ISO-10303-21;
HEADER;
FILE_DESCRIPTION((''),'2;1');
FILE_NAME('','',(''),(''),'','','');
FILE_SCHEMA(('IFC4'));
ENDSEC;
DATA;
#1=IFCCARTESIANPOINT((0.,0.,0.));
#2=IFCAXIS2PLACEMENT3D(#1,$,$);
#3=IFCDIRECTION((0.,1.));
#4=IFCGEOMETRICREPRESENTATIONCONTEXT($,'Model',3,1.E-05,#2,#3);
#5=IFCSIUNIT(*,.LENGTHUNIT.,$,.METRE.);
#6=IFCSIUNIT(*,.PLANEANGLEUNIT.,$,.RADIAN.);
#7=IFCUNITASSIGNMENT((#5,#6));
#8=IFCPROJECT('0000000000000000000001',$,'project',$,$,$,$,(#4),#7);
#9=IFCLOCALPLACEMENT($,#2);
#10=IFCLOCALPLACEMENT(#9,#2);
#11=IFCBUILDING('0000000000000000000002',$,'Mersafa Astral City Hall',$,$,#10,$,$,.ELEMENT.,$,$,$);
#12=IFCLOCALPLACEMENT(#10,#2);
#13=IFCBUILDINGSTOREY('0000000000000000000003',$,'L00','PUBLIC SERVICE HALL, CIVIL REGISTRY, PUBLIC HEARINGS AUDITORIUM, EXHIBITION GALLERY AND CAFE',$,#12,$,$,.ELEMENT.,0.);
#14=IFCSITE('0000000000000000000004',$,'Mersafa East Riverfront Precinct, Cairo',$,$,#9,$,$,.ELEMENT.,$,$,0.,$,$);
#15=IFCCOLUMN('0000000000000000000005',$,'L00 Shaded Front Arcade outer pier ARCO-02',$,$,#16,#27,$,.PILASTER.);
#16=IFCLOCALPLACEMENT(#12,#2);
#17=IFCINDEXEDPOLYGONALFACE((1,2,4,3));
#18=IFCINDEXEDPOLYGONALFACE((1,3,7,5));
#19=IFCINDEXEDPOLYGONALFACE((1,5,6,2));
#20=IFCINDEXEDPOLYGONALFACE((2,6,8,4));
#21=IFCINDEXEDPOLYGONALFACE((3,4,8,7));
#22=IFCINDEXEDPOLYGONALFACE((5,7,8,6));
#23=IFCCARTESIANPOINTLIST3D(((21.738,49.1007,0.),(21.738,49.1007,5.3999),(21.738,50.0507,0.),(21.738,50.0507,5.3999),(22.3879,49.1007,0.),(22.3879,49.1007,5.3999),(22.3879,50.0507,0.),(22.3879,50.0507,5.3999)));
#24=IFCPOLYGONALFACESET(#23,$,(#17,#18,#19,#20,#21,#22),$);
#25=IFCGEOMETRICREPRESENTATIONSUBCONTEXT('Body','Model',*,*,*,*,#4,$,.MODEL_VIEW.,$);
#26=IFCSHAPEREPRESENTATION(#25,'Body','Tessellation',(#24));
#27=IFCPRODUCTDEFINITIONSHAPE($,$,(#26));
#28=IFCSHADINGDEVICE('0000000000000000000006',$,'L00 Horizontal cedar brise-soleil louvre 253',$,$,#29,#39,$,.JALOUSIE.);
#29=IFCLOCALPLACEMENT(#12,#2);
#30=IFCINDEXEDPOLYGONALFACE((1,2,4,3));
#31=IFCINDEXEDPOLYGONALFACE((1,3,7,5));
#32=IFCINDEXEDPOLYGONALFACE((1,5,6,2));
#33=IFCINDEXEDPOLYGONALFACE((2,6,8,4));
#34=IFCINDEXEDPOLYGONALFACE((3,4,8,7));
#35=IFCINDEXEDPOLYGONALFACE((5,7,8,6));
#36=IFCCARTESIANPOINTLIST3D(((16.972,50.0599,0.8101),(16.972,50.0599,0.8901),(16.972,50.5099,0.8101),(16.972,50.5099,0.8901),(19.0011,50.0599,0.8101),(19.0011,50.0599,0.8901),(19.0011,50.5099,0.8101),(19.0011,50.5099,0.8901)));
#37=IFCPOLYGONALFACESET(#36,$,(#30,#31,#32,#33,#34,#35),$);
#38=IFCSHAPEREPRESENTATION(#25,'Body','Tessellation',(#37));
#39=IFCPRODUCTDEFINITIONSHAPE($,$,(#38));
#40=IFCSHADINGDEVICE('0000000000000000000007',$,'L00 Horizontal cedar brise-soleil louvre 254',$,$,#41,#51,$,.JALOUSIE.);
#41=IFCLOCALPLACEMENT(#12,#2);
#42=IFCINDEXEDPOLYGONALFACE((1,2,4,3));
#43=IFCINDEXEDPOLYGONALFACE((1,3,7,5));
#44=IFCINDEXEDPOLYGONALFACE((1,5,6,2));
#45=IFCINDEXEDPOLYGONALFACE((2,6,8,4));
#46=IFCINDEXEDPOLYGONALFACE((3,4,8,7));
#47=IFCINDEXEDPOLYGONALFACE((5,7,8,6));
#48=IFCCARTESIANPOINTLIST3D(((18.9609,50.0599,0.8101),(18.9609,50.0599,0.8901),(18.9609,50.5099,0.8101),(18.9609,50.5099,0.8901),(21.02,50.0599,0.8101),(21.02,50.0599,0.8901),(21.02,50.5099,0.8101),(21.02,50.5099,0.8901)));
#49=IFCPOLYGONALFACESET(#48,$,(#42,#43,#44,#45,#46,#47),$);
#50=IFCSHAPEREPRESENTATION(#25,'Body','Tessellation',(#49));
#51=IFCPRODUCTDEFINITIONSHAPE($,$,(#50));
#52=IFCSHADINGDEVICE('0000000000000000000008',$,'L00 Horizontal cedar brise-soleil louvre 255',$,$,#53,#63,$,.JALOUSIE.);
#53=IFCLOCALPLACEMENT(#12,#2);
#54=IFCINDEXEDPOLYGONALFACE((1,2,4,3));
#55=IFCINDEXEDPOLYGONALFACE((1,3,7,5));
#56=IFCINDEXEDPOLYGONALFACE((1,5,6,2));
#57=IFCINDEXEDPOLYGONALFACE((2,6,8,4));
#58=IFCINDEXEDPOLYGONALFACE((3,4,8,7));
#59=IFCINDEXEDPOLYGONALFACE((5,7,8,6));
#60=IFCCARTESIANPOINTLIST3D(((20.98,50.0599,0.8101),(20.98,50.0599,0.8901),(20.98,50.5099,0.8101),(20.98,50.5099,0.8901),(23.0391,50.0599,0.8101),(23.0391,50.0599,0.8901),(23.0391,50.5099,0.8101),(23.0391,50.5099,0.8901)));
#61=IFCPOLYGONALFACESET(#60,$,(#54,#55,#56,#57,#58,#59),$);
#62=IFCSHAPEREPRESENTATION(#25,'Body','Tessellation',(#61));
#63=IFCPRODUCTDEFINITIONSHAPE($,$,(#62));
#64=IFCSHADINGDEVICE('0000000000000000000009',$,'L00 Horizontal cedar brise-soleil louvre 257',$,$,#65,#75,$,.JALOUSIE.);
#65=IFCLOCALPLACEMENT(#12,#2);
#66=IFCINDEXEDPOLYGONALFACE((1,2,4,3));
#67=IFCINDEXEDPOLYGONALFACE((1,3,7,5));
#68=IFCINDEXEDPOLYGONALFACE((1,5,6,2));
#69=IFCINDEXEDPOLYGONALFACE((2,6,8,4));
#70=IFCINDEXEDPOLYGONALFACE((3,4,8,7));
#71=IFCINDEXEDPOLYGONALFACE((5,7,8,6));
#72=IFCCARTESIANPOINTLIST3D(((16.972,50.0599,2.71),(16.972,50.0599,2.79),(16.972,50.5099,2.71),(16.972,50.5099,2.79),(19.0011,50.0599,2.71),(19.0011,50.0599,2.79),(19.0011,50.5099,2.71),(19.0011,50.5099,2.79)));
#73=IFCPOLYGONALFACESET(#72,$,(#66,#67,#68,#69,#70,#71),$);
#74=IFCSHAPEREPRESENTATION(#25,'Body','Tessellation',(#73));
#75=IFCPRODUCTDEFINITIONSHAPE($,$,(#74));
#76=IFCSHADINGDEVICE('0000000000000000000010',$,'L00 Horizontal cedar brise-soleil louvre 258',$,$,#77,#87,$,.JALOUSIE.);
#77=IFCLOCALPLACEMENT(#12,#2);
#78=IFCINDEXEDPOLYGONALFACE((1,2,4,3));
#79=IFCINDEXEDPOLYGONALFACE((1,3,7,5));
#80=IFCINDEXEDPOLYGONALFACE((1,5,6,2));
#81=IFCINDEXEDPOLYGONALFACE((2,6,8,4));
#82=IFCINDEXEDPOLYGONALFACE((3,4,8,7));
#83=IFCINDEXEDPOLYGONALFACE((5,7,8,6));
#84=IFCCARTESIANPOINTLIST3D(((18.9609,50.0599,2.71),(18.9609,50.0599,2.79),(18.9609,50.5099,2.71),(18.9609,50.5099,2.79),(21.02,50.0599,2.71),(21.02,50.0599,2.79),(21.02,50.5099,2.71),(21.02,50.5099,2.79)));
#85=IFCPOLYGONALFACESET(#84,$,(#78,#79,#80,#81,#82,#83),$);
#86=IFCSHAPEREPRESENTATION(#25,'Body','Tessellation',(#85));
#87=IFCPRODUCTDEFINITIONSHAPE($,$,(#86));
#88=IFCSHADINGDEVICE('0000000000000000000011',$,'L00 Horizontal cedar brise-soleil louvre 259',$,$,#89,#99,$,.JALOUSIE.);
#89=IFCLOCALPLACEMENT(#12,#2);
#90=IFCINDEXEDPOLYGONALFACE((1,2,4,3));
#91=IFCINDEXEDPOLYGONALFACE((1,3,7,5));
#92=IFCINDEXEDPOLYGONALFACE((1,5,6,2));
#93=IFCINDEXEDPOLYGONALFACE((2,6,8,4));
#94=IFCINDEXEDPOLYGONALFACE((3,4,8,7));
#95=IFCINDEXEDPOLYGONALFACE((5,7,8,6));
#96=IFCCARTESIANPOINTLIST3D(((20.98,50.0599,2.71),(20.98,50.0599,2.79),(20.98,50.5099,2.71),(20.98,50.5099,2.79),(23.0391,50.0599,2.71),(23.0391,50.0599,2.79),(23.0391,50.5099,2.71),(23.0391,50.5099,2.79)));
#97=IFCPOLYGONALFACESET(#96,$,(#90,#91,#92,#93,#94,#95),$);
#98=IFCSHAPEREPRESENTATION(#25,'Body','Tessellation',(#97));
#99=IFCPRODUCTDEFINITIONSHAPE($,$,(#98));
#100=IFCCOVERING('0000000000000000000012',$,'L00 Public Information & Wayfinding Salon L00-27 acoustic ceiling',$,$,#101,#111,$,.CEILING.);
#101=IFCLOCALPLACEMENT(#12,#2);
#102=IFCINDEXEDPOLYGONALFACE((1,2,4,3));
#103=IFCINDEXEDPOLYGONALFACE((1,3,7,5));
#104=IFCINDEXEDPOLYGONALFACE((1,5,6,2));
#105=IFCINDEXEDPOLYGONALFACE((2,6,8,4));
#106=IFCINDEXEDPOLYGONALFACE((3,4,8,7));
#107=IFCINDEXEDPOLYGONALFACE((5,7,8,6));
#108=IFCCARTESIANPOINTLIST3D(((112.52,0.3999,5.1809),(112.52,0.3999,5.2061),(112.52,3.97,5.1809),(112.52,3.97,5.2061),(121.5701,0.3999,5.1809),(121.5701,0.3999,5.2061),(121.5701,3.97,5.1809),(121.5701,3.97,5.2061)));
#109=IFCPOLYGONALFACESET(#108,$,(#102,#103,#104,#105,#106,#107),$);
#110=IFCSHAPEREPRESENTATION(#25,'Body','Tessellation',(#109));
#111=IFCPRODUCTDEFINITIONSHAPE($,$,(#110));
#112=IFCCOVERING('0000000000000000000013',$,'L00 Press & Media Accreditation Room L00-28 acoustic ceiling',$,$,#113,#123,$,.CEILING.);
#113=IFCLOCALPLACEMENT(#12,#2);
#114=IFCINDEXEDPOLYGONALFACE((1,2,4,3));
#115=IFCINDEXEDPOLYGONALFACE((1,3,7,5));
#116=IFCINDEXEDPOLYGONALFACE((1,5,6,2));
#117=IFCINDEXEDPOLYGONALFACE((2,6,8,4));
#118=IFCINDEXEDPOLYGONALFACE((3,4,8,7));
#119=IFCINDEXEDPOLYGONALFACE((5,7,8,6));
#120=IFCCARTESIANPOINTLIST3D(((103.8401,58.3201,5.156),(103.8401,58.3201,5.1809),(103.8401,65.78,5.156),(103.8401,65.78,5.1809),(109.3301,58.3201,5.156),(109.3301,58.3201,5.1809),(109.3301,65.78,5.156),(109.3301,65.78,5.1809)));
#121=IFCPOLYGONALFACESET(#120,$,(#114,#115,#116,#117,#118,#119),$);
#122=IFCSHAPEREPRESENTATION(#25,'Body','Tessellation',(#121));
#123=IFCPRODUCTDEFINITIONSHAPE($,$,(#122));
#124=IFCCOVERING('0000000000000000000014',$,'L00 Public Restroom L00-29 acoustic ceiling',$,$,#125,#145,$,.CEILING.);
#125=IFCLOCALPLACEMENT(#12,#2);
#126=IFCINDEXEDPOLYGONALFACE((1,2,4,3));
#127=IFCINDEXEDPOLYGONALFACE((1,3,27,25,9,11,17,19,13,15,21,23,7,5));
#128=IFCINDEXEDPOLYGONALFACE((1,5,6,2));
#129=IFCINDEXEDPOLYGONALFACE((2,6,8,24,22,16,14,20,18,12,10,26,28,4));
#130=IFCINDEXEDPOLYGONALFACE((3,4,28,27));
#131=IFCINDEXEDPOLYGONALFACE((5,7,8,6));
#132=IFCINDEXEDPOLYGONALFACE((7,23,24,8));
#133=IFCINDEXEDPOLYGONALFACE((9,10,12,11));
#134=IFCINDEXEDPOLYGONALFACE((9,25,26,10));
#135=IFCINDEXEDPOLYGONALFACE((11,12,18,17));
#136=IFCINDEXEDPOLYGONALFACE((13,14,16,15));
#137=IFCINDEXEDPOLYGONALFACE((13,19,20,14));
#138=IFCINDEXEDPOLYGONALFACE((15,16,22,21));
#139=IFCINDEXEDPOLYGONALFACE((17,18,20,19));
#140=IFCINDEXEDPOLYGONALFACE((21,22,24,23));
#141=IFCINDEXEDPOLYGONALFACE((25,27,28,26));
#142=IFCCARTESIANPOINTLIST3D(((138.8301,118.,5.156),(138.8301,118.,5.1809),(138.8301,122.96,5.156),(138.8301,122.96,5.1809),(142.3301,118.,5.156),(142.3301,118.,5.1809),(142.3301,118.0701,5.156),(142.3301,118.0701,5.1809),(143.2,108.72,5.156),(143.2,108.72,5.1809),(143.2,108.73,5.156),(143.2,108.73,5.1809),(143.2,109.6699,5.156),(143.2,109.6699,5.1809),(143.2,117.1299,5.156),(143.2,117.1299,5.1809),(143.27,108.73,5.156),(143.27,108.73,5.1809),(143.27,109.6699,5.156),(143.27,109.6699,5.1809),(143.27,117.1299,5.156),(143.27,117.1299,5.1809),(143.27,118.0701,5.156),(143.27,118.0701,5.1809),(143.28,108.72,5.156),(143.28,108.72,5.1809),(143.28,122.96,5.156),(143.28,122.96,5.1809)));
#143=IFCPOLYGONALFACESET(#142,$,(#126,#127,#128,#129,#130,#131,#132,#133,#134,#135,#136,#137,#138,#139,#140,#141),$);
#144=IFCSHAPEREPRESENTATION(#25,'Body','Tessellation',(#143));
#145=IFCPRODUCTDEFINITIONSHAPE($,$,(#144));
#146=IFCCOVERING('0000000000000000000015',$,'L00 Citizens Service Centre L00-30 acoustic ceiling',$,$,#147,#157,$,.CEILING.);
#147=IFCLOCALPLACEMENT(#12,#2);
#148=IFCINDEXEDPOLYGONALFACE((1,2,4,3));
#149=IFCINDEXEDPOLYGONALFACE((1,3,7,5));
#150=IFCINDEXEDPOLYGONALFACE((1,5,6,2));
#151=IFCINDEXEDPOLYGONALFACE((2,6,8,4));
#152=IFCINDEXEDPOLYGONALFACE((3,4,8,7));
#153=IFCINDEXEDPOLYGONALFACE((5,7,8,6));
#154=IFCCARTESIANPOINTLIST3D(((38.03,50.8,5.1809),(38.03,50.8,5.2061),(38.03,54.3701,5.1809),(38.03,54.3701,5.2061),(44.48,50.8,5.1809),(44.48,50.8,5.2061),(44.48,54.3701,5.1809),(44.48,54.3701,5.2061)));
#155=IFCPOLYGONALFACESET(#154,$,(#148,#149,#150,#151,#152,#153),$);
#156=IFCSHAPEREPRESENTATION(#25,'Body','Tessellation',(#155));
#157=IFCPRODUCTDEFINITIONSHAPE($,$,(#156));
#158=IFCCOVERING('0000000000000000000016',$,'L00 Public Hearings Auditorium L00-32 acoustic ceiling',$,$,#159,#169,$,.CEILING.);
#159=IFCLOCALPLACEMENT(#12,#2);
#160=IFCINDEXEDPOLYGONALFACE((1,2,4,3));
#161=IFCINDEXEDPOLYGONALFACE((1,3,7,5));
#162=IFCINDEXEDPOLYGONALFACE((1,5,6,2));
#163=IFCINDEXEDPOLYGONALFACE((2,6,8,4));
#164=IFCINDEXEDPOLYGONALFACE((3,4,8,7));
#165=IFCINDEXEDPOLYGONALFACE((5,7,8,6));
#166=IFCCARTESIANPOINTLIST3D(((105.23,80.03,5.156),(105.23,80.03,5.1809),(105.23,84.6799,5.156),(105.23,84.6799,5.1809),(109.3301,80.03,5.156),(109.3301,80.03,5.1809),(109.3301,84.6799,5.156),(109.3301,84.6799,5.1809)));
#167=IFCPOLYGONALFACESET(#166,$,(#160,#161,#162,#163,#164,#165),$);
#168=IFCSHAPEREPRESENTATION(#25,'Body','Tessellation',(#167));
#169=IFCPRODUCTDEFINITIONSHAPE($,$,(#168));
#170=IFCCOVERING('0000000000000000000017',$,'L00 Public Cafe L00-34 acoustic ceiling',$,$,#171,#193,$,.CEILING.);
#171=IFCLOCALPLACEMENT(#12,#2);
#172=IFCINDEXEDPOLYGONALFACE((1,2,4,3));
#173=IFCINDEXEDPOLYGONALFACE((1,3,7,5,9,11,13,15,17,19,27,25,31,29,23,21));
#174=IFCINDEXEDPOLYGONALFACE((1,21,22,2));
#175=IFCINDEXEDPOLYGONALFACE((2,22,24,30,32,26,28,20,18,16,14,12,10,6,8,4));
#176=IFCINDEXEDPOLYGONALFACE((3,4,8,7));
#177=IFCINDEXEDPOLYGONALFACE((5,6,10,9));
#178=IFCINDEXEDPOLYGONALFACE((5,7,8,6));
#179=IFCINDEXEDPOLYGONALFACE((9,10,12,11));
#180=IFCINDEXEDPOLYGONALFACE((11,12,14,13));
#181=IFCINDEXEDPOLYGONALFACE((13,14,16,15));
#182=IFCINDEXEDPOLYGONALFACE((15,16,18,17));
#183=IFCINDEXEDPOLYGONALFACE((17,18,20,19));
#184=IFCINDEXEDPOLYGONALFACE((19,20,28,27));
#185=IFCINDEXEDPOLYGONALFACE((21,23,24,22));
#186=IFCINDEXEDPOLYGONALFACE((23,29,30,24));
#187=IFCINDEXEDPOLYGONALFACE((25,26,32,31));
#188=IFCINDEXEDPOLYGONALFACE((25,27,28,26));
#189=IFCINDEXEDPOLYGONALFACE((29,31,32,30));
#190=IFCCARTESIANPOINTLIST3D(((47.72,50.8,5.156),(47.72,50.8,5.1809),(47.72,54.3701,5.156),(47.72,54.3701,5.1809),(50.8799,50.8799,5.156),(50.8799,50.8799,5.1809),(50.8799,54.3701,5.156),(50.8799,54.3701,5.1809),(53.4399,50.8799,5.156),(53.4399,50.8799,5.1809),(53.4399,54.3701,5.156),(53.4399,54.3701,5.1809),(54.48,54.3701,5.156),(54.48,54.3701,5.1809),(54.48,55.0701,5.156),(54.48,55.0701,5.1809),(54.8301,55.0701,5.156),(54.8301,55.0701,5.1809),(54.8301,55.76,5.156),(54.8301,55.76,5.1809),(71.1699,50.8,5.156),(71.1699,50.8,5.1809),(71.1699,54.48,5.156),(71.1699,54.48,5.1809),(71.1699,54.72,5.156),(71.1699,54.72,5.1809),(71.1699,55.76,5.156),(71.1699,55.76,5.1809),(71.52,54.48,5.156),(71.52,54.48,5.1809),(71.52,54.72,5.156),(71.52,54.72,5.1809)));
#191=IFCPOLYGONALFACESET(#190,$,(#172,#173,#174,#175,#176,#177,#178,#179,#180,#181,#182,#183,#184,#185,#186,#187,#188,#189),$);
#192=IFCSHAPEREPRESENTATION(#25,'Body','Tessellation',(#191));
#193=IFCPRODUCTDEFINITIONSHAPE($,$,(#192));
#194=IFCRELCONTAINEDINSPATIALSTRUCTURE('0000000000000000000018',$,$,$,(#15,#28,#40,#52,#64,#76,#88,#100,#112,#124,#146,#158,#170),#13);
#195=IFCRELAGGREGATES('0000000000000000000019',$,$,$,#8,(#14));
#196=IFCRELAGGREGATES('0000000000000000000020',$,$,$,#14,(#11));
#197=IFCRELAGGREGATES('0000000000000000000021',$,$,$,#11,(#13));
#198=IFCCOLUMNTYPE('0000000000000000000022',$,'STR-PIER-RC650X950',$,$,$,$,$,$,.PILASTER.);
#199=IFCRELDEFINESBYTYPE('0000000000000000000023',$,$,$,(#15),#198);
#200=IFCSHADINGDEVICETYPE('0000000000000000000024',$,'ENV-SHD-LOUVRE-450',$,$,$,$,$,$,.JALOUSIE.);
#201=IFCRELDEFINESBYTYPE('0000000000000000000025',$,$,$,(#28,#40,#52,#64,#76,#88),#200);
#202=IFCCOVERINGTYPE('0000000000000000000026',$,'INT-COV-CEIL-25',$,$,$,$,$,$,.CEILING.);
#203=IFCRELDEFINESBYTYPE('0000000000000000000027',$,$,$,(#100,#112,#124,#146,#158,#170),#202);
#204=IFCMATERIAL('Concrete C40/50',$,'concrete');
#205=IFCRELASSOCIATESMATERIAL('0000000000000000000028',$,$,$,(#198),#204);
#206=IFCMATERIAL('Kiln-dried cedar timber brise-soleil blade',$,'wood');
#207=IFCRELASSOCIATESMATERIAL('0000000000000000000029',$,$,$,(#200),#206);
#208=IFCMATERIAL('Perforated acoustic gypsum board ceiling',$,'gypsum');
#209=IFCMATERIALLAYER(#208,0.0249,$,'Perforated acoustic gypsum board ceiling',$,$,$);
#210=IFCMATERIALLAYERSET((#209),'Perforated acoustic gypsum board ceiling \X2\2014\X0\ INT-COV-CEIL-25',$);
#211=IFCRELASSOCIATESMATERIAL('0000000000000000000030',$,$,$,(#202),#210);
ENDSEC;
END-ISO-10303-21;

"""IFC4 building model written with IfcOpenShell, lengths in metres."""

from ifc_helpers import new_model, si_unit, direction, frame, origin, origin_2d, place, context, subcontext, project, spatial, polyline, rectangle, outline, extrude, material, layer, layer_set, material_profile, profile_set, type_object, element, save


model = new_model("IFC4")

# Units and contexts
model_context = context("Model", 3, precision=1e-05, world=origin(), true_north=direction((0.0, 1.0)))
body_context = subcontext(model_context, "Body", "Model", "MODEL_VIEW")
ifc_project = project(units=[si_unit("LENGTHUNIT", "METRE"), si_unit("PLANEANGLEUNIT", "RADIAN")], contexts=[model_context])

# Site, building, storey
site_placement = place(None, origin())
site = spatial("IfcSite", under=ifc_project, at=site_placement, Name="Mersafa East Riverfront Precinct, Cairo", CompositionType="ELEMENT", RefElevation=0.0)
building_placement = place(site_placement, origin())
building = spatial("IfcBuilding", under=site, at=building_placement, Name="Mersafa Astral City Hall", CompositionType="ELEMENT")
storey_placement = place(building_placement, origin())
storey = spatial("IfcBuildingStorey", under=building, at=storey_placement, Name="L00", Description="PUBLIC SERVICE HALL, CIVIL REGISTRY, PUBLIC HEARINGS AUDITORIUM, EXHIBITION GALLERY AND CAFE", CompositionType="ELEMENT", Elevation=0.0)

# Column
ifc_material_1 = material(Name="Concrete C40/50", Category="concrete")
ifc_material_profile = material_profile(ifc_material_1, rectangle(XDim=0.6499, YDim=0.95, at=origin_2d()), Name="RC 650x950")
ifc_profile_set = profile_set([ifc_material_profile], Name="Concrete C40/50")
column_type = type_object("IfcColumnType", Name="STR-PIER-RC650X950", PredefinedType="PILASTER", material=ifc_profile_set)
column_placement = place(storey_placement, frame((22.063, 49.5757, 0.0), z_axis=(0.0, 0.0, 1.0), x_axis=(1.0, 0.0, 0.0)))
element("IfcColumn", 1, at=column_placement, inside=storey, type_object=column_type, Name="L00 Shaded Front Arcade outer pier ARCO-02", PredefinedType="PILASTER", context=body_context, shape_type="SweptSolid", body=[
    extrude(rectangle(XDim=0.6499, YDim=0.95, at=origin_2d()), origin(), (0.0, 0.0, 1.0), 5.3999),
])

# Shading devices
ifc_material_2 = material(Name="Kiln-dried cedar timber brise-soleil blade", Category="wood")
shading_device_type = type_object("IfcShadingDeviceType", Name="ENV-SHD-LOUVRE-450", PredefinedType="JALOUSIE", material=ifc_material_2)
shading_device_1_placement = place(storey_placement, frame((17.9866, 50.2849, 0.8101), z_axis=(0.0, 0.0, 1.0), x_axis=(1.0, 0.0, 0.0)))
element("IfcShadingDevice", 2, at=shading_device_1_placement, inside=storey, type_object=shading_device_type, Name="L00 Horizontal cedar brise-soleil louvre 253", PredefinedType="JALOUSIE", context=body_context, shape_type="SweptSolid", body=[
    extrude(rectangle(XDim=2.0291, YDim=0.45, at=origin_2d()), origin(), (0.0, 0.0, 1.0), 0.0801),
])
for number, where, z_axis, x_axis, name in (
    (3, (19.9905, 50.2849, 0.8101), (0.0, 0.0, 1.0), (1.0, 0.0, 0.0), "L00 Horizontal cedar brise-soleil louvre 254"),
    (4, (22.0095, 50.2849, 0.8101), (0.0, 0.0, 1.0), (1.0, 0.0, 0.0), "L00 Horizontal cedar brise-soleil louvre 255"),
):
    element("IfcShadingDevice", number, at=place(storey_placement, frame(where, z_axis=z_axis, x_axis=x_axis)), inside=storey, type_object=shading_device_type, Name=name, PredefinedType="JALOUSIE", context=body_context, shape_type="SweptSolid", body=[
        extrude(rectangle(XDim=2.0591, YDim=0.45, at=origin_2d()), origin(), (0.0, 0.0, 1.0), 0.0801),
    ])
shading_device_2_placement = place(storey_placement, frame((17.9866, 50.2849, 2.71), z_axis=(0.0, 0.0, 1.0), x_axis=(1.0, 0.0, 0.0)))
element("IfcShadingDevice", 5, at=shading_device_2_placement, inside=storey, type_object=shading_device_type, Name="L00 Horizontal cedar brise-soleil louvre 257", PredefinedType="JALOUSIE", context=body_context, shape_type="SweptSolid", body=[
    extrude(rectangle(XDim=2.0291, YDim=0.45, at=origin_2d()), origin(), (0.0, 0.0, 1.0), 0.0801),
])
for number, where, z_axis, x_axis, name in (
    (6, (19.9905, 50.2849, 2.71), (0.0, 0.0, 1.0), (1.0, 0.0, 0.0), "L00 Horizontal cedar brise-soleil louvre 258"),
    (7, (22.0095, 50.2849, 2.71), (0.0, 0.0, 1.0), (1.0, 0.0, 0.0), "L00 Horizontal cedar brise-soleil louvre 259"),
):
    element("IfcShadingDevice", number, at=place(storey_placement, frame(where, z_axis=z_axis, x_axis=x_axis)), inside=storey, type_object=shading_device_type, Name=name, PredefinedType="JALOUSIE", context=body_context, shape_type="SweptSolid", body=[
        extrude(rectangle(XDim=2.0591, YDim=0.45, at=origin_2d()), origin(), (0.0, 0.0, 1.0), 0.0801),
    ])

# Coverings
ifc_material_3 = material(Name="Perforated acoustic gypsum board ceiling", Category="gypsum")
ifc_layer_1 = layer(ifc_material_3, 0.0249, Name="Perforated acoustic gypsum board ceiling")
ifc_layer_set_1 = layer_set([ifc_layer_1], Name="Perforated acoustic gypsum board ceiling — INT-COV-CEIL-25")
covering_type_1 = type_object("IfcCoveringType", Name="INT-COV-CEIL-25", PredefinedType="CEILING", material=ifc_layer_set_1)
covering_1_placement = place(storey_placement, frame((0.0, 0.0, 5.1809)))
element("IfcCovering", 8, at=covering_1_placement, inside=storey, type_object=covering_type_1, Name="L00 Public Information & Wayfinding Salon L00-27 acoustic ceiling", PredefinedType="CEILING", context=body_context, shape_type="SweptSolid", body=[
    extrude(outline(polyline([(121.5701, 3.97), (121.5701, 0.3999), (112.52, 0.3999), (112.52, 3.97), (121.5701, 3.97)])), origin(), (0.0, 0.0, 1.0), 0.0251),
])
covering_2_placement = place(storey_placement, frame((0.0, 0.0, 5.156)))
element("IfcCovering", 9, at=covering_2_placement, inside=storey, type_object=covering_type_1, Name="L00 Press & Media Accreditation Room L00-28 acoustic ceiling", PredefinedType="CEILING", context=body_context, shape_type="SweptSolid", body=[
    extrude(outline(polyline([(109.3301, 58.3201), (103.8401, 58.3201), (103.8401, 65.78), (109.3301, 65.78), (109.3301, 58.3201)])), origin(), (0.0, 0.0, 1.0), 0.0249),
])
covering_3_placement = place(storey_placement, frame((0.0, 0.0, 5.156)))
element("IfcCovering", 10, at=covering_3_placement, inside=storey, type_object=covering_type_1, Name="L00 Public Restroom L00-29 acoustic ceiling", PredefinedType="CEILING", context=body_context, shape_type="SweptSolid", body=[
    extrude(outline(polyline([(138.8301, 118.0), (138.8301, 122.96), (143.28, 122.96), (143.28, 108.72), (143.2, 108.72), (143.2, 108.73), (143.27, 108.73), (143.27, 109.6699), (143.2, 109.6699), (143.2, 117.1299), (143.27, 117.1299), (143.27, 118.0701), (142.3301, 118.0701), (142.3301, 118.0), (138.8301, 118.0)])), origin(), (0.0, 0.0, 1.0), 0.0249),
])
covering_4_placement = place(storey_placement, frame((0.0, 0.0, 5.1809)))
element("IfcCovering", 11, at=covering_4_placement, inside=storey, type_object=covering_type_1, Name="L00 Citizens Service Centre L00-30 acoustic ceiling", PredefinedType="CEILING", context=body_context, shape_type="SweptSolid", body=[
    extrude(outline(polyline([(38.03, 54.3701), (44.48, 54.3701), (44.48, 50.8), (38.03, 50.8), (38.03, 54.3701)])), origin(), (0.0, 0.0, 1.0), 0.0251),
])
covering_5_placement = place(storey_placement, frame((0.0, 0.0, 5.156)))
element("IfcCovering", 12, at=covering_5_placement, inside=storey, type_object=covering_type_1, Name="L00 Public Hearings Auditorium L00-32 acoustic ceiling", PredefinedType="CEILING", context=body_context, shape_type="SweptSolid", body=[
    extrude(outline(polyline([(105.23, 80.03), (105.23, 84.6799), (109.3301, 84.6799), (109.3301, 80.03), (105.23, 80.03)])), origin(), (0.0, 0.0, 1.0), 0.0249),
])
covering_6_placement = place(storey_placement, frame((0.0, 0.0, 5.156)))
element("IfcCovering", 13, at=covering_6_placement, inside=storey, type_object=covering_type_1, Name="L00 Public Cafe L00-34 acoustic ceiling", PredefinedType="CEILING", context=body_context, shape_type="SweptSolid", body=[
    extrude(outline(polyline([(54.48, 54.3701), (54.48, 55.0701), (54.8301, 55.0701), (54.8301, 55.76), (71.1699, 55.76), (71.1699, 54.72), (71.52, 54.72), (71.52, 54.48), (71.1699, 54.48), (71.1699, 50.8), (47.72, 50.8), (47.72, 54.3701), (50.8799, 54.3701), (50.8799, 50.8799), (53.4399, 50.8799), (53.4399, 54.3701), (54.48, 54.3701)])), origin(), (0.0, 0.0, 1.0), 0.0249),
])

save(model, "model.ifc")
